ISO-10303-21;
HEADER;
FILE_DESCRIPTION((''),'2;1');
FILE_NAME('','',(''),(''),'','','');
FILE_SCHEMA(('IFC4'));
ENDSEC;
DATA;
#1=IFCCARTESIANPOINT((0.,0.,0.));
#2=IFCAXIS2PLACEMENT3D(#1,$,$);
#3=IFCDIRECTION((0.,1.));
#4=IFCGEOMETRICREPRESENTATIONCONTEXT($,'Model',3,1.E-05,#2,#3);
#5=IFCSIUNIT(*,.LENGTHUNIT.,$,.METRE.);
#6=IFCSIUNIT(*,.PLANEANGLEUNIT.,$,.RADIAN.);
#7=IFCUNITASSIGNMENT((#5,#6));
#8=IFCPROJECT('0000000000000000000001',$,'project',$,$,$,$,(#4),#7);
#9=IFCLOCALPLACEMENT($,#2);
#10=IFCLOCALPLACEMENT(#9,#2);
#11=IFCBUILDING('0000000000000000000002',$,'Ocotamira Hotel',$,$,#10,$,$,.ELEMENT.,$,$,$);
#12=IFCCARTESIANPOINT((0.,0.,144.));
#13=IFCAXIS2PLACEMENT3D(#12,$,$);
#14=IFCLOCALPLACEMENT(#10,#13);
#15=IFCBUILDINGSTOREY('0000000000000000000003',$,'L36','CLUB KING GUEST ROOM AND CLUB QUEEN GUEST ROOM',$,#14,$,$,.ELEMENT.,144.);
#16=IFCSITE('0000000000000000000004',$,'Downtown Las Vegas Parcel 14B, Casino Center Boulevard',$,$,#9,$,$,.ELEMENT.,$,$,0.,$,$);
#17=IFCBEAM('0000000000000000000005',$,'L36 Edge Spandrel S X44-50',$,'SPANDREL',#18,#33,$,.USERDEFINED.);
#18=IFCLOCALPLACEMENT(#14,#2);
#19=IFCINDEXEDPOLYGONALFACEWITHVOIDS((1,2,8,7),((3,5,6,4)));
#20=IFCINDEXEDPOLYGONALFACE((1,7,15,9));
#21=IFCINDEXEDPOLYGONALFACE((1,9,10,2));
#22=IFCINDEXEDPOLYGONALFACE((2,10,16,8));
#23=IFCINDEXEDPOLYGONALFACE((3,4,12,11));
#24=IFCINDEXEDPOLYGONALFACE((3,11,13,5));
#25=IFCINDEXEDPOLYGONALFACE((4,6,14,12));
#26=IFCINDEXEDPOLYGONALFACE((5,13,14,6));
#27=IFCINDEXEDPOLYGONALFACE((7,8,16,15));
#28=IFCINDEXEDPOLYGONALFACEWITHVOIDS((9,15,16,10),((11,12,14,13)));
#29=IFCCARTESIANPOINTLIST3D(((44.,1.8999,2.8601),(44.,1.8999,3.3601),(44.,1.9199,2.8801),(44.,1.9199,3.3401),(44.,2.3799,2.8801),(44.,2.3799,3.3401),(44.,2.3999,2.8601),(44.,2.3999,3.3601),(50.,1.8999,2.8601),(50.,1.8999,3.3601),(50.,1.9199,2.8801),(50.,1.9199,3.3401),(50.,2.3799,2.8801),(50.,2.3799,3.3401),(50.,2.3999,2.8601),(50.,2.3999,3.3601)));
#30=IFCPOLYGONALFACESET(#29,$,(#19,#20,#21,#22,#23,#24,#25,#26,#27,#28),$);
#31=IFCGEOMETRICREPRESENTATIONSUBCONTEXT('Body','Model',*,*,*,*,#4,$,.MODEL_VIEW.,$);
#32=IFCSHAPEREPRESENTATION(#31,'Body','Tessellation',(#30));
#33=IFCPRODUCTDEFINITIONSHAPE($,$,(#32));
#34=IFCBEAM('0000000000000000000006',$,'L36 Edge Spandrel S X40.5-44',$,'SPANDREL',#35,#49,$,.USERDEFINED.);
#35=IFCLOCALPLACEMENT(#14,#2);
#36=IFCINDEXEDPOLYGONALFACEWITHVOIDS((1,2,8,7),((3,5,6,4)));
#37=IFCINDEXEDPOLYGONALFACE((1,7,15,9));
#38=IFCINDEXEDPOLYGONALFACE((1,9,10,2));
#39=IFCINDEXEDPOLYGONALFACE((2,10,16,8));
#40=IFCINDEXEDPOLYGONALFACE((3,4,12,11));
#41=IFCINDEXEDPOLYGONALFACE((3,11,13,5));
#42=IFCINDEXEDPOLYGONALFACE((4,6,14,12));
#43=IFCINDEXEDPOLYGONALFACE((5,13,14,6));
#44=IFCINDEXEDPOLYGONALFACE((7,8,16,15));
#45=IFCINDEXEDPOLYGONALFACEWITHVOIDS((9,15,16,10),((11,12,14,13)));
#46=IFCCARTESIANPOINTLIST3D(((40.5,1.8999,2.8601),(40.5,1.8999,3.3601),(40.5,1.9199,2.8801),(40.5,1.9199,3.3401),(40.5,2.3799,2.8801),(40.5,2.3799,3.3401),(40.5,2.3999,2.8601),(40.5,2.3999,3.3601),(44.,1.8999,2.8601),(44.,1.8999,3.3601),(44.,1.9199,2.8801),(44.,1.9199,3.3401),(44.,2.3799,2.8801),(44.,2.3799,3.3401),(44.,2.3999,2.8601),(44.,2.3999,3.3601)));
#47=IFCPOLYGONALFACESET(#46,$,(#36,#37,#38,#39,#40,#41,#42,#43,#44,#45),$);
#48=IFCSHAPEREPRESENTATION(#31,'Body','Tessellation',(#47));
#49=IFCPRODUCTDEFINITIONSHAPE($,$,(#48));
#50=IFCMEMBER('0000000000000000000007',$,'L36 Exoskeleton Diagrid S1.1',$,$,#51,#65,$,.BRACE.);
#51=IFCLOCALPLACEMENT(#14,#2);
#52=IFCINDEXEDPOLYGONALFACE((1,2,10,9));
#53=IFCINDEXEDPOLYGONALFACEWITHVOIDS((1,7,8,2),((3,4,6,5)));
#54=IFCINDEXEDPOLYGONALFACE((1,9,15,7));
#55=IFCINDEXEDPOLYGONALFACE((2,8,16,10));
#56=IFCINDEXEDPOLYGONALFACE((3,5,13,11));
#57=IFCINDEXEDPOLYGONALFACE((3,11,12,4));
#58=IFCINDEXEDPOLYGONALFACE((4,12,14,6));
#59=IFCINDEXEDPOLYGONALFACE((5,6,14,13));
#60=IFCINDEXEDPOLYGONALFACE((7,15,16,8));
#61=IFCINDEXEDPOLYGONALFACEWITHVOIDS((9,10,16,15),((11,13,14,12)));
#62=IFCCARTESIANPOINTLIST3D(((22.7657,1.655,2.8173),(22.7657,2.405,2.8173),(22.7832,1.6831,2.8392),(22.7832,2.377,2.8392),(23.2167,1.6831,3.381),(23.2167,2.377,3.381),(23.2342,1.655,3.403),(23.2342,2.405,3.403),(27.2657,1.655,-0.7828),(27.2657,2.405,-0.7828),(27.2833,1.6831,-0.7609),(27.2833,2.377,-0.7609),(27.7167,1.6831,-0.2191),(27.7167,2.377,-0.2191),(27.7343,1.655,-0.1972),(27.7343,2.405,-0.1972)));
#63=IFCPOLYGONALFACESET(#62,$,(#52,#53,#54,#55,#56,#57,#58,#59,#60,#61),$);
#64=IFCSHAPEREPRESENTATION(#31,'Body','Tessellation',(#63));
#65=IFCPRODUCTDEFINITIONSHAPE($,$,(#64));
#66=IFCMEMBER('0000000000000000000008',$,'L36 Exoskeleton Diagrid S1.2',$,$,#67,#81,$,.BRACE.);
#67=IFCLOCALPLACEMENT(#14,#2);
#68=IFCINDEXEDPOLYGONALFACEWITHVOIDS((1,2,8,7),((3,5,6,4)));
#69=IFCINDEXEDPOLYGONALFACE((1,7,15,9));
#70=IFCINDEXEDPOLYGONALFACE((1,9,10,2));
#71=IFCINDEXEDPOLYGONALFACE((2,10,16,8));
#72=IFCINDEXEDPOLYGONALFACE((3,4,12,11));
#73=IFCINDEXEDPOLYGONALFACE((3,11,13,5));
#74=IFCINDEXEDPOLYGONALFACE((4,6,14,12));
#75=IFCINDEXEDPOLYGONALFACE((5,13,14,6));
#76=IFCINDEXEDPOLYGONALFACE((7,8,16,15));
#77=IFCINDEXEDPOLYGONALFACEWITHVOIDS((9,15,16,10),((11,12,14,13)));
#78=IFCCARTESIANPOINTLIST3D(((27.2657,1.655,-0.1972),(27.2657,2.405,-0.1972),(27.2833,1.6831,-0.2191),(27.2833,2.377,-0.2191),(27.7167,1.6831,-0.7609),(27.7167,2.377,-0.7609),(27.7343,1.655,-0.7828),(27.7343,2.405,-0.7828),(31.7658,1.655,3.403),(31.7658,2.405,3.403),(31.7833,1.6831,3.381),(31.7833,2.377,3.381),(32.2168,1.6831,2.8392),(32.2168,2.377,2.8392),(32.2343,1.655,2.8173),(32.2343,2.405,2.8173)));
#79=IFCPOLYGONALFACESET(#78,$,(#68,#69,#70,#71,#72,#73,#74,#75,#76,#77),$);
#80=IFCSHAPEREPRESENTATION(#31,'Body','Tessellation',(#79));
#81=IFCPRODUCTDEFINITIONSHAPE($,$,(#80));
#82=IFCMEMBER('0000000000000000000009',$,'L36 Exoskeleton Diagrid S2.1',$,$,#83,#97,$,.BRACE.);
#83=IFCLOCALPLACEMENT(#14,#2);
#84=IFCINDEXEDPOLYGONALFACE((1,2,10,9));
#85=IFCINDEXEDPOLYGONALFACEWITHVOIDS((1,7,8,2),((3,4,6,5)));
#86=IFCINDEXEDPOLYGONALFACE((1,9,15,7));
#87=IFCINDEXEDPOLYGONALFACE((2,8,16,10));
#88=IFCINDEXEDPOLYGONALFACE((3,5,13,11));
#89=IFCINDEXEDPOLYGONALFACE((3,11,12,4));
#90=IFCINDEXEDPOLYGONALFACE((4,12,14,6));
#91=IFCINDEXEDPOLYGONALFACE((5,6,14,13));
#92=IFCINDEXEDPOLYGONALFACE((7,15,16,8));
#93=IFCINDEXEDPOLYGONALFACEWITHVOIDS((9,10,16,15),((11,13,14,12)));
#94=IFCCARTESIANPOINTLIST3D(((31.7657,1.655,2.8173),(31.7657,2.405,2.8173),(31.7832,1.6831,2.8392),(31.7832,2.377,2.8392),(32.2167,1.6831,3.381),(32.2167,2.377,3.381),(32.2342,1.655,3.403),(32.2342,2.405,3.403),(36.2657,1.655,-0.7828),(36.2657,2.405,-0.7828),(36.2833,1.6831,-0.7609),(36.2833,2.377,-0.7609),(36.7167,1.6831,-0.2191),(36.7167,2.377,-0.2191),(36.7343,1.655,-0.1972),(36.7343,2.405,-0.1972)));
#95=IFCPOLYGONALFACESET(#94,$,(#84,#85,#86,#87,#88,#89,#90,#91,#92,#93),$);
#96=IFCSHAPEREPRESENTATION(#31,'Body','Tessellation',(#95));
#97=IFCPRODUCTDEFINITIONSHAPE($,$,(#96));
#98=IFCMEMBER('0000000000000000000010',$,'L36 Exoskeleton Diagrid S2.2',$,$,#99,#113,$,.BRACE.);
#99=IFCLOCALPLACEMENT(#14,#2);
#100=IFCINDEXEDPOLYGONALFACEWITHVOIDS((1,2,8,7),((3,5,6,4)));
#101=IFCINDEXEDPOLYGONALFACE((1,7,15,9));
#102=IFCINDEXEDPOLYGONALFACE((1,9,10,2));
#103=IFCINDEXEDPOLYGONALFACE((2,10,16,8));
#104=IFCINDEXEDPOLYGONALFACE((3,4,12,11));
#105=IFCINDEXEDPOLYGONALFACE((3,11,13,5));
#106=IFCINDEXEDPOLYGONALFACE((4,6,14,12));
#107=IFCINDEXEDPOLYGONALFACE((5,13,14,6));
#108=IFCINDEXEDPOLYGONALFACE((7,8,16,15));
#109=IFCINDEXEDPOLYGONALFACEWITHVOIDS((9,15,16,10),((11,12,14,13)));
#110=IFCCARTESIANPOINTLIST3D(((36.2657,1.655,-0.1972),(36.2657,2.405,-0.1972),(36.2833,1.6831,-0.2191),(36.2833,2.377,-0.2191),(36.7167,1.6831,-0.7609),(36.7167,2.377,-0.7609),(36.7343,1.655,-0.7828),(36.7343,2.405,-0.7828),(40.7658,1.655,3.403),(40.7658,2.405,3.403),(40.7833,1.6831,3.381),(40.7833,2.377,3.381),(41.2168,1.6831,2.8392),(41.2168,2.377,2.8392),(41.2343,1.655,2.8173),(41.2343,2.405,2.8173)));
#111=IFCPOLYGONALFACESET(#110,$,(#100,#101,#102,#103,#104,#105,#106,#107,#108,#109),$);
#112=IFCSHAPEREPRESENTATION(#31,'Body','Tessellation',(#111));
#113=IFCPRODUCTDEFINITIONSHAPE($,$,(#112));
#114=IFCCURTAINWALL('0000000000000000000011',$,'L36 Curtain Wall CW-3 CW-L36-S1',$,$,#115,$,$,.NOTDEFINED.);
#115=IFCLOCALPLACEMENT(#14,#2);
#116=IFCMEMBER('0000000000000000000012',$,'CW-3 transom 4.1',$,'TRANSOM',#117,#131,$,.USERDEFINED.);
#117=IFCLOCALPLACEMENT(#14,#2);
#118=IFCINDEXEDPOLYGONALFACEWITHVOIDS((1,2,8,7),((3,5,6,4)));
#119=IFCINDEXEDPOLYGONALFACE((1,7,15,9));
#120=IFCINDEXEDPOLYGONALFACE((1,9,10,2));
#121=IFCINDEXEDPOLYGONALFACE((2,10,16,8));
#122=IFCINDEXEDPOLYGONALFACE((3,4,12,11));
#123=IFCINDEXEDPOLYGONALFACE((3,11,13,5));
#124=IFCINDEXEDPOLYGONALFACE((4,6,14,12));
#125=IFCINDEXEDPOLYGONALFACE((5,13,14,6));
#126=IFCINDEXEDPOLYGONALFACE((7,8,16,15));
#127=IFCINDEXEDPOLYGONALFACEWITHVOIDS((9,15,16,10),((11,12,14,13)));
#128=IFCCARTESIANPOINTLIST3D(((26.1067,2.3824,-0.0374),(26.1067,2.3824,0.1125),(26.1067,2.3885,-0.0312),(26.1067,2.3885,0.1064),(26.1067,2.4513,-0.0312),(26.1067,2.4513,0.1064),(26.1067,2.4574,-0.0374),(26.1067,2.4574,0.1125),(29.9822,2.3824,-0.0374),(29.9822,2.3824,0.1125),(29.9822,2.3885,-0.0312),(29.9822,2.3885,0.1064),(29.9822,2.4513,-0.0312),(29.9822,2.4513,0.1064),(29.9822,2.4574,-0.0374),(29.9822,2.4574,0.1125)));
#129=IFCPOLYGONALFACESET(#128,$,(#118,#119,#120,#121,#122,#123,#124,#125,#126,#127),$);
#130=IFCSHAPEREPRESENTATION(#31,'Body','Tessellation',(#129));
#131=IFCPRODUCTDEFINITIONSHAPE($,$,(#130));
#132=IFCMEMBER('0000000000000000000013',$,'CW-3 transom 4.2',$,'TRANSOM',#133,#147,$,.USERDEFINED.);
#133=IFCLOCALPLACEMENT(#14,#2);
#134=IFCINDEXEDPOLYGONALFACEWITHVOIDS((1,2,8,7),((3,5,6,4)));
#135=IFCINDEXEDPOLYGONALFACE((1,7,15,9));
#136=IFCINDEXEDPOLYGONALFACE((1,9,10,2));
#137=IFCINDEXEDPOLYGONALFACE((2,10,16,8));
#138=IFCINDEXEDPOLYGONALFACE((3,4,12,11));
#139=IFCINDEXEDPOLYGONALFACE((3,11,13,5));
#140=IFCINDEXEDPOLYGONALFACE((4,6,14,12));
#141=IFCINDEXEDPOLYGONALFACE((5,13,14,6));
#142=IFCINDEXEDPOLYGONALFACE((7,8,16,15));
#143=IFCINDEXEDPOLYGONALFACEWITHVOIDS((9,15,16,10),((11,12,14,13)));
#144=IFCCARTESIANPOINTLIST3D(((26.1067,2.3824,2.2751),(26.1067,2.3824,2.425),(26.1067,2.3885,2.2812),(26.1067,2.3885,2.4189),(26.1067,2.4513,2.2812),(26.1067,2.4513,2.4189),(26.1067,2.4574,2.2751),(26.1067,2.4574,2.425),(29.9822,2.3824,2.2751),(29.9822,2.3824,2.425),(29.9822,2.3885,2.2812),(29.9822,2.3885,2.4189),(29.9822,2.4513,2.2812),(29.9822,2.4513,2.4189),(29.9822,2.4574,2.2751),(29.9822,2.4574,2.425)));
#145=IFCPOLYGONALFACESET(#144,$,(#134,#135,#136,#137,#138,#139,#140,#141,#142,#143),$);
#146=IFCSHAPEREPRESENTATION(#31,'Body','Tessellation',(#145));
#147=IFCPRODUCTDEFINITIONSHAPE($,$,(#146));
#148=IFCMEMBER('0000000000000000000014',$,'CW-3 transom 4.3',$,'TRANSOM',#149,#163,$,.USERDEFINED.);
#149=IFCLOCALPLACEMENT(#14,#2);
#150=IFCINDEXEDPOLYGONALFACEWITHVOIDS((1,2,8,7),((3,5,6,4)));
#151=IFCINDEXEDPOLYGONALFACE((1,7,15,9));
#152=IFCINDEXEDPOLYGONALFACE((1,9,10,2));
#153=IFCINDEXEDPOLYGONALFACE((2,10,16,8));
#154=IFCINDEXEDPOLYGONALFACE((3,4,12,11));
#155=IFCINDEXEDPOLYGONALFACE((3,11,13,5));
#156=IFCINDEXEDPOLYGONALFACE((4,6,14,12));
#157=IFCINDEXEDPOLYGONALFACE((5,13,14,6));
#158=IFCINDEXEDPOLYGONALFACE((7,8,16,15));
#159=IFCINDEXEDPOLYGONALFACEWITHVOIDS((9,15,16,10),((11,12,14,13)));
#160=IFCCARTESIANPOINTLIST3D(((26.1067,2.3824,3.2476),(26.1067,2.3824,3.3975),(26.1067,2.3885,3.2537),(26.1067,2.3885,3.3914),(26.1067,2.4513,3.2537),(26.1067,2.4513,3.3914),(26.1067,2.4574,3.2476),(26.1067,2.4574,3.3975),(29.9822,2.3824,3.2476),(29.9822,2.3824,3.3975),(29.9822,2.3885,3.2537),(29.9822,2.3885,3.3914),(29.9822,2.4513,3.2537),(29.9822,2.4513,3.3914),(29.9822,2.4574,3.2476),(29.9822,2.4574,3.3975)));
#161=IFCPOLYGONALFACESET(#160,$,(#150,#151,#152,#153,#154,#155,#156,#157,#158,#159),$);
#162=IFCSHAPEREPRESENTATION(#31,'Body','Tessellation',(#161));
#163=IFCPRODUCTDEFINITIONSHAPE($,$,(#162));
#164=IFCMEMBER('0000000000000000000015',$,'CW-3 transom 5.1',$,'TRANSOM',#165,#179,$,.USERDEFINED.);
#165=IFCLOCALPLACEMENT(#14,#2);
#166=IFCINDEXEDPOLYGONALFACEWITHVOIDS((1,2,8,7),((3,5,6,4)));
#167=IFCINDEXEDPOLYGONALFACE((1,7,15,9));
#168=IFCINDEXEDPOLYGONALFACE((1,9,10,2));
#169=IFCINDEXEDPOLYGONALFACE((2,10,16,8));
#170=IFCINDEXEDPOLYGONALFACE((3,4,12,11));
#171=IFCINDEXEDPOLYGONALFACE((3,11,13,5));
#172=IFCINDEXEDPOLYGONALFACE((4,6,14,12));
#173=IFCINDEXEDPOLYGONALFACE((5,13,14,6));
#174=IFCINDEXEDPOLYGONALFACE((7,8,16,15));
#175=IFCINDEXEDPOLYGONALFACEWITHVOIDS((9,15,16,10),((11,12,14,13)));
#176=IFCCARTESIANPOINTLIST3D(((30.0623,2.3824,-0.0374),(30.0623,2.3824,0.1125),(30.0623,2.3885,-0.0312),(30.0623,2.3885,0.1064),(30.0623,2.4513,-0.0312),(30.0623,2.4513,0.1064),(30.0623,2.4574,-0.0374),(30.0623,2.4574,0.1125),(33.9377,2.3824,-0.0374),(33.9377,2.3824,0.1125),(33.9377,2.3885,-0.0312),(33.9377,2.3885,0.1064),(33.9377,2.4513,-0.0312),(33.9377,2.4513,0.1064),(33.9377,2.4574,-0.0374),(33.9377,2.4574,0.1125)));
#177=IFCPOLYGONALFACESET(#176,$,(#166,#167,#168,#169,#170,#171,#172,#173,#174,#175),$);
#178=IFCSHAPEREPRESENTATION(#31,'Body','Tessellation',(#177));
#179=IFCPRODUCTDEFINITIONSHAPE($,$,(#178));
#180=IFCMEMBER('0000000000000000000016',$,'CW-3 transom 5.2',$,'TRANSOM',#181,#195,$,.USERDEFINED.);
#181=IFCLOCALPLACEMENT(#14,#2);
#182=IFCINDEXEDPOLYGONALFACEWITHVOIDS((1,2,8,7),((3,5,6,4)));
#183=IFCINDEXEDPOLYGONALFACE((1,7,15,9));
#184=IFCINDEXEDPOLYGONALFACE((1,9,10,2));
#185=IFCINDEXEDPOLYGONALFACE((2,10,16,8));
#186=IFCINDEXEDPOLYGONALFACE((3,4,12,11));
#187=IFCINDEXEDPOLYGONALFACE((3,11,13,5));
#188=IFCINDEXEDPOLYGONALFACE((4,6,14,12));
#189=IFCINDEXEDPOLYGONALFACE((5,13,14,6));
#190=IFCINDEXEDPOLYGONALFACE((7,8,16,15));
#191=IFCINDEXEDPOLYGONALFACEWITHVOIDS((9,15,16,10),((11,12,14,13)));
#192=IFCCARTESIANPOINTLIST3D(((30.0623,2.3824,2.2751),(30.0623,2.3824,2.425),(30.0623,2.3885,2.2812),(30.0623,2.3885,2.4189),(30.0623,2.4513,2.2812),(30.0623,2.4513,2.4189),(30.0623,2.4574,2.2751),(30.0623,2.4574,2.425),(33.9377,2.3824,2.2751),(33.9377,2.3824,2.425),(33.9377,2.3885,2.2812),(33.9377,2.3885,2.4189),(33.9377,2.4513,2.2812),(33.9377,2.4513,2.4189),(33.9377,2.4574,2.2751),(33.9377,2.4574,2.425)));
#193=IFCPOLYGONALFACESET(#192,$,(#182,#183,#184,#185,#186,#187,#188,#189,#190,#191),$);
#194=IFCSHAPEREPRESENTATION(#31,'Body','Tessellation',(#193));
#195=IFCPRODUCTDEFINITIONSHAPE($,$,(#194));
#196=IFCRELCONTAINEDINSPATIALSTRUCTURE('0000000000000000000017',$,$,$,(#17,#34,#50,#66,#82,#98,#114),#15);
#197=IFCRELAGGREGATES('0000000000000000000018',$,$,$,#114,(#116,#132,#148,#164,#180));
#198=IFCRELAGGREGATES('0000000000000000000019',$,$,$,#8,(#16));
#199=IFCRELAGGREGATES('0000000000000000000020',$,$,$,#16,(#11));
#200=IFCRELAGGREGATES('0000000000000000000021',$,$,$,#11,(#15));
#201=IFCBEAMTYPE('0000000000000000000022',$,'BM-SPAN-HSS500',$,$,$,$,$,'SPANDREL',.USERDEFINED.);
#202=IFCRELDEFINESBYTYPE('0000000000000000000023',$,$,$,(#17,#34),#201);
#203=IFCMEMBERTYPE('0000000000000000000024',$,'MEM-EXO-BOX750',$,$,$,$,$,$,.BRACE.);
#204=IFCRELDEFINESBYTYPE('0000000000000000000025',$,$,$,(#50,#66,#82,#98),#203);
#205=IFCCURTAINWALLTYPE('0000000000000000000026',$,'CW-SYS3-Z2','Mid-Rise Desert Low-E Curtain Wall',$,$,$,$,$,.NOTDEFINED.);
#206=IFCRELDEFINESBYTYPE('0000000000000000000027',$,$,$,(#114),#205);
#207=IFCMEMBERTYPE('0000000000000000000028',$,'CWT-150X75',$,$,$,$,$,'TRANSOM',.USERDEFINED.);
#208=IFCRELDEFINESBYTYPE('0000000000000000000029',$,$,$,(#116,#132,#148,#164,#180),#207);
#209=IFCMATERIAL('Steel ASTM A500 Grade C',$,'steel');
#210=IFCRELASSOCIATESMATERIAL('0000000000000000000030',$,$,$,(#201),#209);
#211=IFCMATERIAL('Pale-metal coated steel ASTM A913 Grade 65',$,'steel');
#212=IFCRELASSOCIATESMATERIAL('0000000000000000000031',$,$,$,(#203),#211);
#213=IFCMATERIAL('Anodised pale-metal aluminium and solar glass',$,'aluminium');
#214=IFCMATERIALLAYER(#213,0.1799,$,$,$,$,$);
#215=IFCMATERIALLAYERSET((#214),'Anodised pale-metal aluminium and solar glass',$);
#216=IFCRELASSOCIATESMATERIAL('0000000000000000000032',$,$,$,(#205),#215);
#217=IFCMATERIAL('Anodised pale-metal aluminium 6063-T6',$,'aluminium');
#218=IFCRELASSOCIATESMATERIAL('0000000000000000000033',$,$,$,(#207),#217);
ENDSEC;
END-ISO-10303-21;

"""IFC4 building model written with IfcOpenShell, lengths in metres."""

from ifc_helpers import new_model, si_unit, direction, frame, origin, origin_2d, place, context, subcontext, project, spatial, hollow_rectangle, extrude, source, transform, mapped, material, layer, layer_set, material_profile, profile_set, type_object, element, aggregate, save


model = new_model("IFC4")

# Units and contexts
model_context = context("Model", 3, precision=1e-05, world=origin(), true_north=direction((0.0, 1.0)))
body_context = subcontext(model_context, "Body", "Model", "MODEL_VIEW")
ifc_project = project(units=[si_unit("LENGTHUNIT", "METRE"), si_unit("PLANEANGLEUNIT", "RADIAN")], contexts=[model_context])

# Site, building, storey
site_placement = place(None, origin())
site = spatial("IfcSite", under=ifc_project, at=site_placement, Name="Downtown Las Vegas Parcel 14B, Casino Center Boulevard", CompositionType="ELEMENT", RefElevation=0.0)
building_placement = place(site_placement, origin())
building = spatial("IfcBuilding", under=site, at=building_placement, Name="Ocotamira Hotel", CompositionType="ELEMENT")
storey_placement = place(building_placement, frame((0.0, 0.0, 144.0)))
storey = spatial("IfcBuildingStorey", under=building, at=storey_placement, Name="L36", Description="CLUB KING GUEST ROOM AND CLUB QUEEN GUEST ROOM", CompositionType="ELEMENT", Elevation=144.0)

# Beams
ifc_material_1 = material(Name="Steel ASTM A500 Grade C", Category="steel")
ifc_material_profile_1 = material_profile(ifc_material_1, hollow_rectangle(XDim=0.5, YDim=0.5, WallThickness=0.02, at=origin_2d()), Name="HSS500X500X20")
ifc_profile_set_1 = profile_set([ifc_material_profile_1], Name="Steel ASTM A500 Grade C")
beam_type = type_object("IfcBeamType", Name="BM-SPAN-HSS500", ElementType="SPANDREL", PredefinedType="USERDEFINED", material=ifc_profile_set_1)
shared_shape_1 = source(origin(), body_context, "Body", "SweptSolid", [
    extrude(hollow_rectangle(XDim=0.5, YDim=0.5, WallThickness=0.02, at=origin_2d()), origin(), (0.0, 0.0, 1.0), 6.0),
])
beam_1_placement = place(storey_placement, frame((44.0, 2.1499, 3.1101), z_axis=(1.0, 0.0, 0.0), x_axis=(0.0, 1.0, 0.0)))
element("IfcBeam", 1, at=beam_1_placement, inside=storey, type_object=beam_type, Name="L36 Edge Spandrel S X44-50", ObjectType="SPANDREL", PredefinedType="USERDEFINED", context=body_context, shape_type="MappedRepresentation", body=[
    mapped(shared_shape_1, transform((0.0, 0.0, 0.0), scale=1.0)),
])
shared_shape_2 = source(origin(), body_context, "Body", "SweptSolid", [
    extrude(hollow_rectangle(XDim=0.5, YDim=0.5, WallThickness=0.02, at=origin_2d()), origin(), (0.0, 0.0, 1.0), 3.5),
])
beam_2_placement = place(storey_placement, frame((40.5, 2.1499, 3.1101), z_axis=(1.0, 0.0, 0.0), x_axis=(0.0, 1.0, 0.0)))
element("IfcBeam", 2, at=beam_2_placement, inside=storey, type_object=beam_type, Name="L36 Edge Spandrel S X40.5-44", ObjectType="SPANDREL", PredefinedType="USERDEFINED", context=body_context, shape_type="MappedRepresentation", body=[
    mapped(shared_shape_2, transform((0.0, 0.0, 0.0), scale=1.0)),
])

# Members
ifc_material_2 = material(Name="Pale-metal coated steel ASTM A913 Grade 65", Category="steel")
ifc_material_profile_2 = material_profile(ifc_material_2, hollow_rectangle(XDim=0.75, YDim=0.75, WallThickness=0.0281, at=origin_2d()), Name="BOX750X750X28")
ifc_profile_set_2 = profile_set([ifc_material_profile_2], Name="Pale-metal coated steel ASTM A913 Grade 65")
member_type_1 = type_object("IfcMemberType", Name="MEM-EXO-BOX750", PredefinedType="BRACE", material=ifc_profile_set_2)
shared_shape_3 = source(origin(), body_context, "Body", "SweptSolid", [
    extrude(hollow_rectangle(XDim=0.75, YDim=0.75, WallThickness=0.0281, at=origin_2d()), origin(), (0.0, 0.0, 1.0), 5.7629),
])
for number, where, z_axis, x_axis, name in (
    (3, (27.5, 2.03, -0.49), (-0.780861, 0.0, 0.624705), (0.0, -1.0, 0.0), "L36 Exoskeleton Diagrid S1.1"),
    (4, (27.5, 2.03, -0.49), (0.780861, 0.0, 0.624705), (0.0, 1.0, 0.0), "L36 Exoskeleton Diagrid S1.2"),
    (5, (36.5, 2.03, -0.49), (-0.780861, 0.0, 0.624705), (0.0, -1.0, 0.0), "L36 Exoskeleton Diagrid S2.1"),
    (6, (36.5, 2.03, -0.49), (0.780861, 0.0, 0.624705), (0.0, 1.0, 0.0), "L36 Exoskeleton Diagrid S2.2"),
):
    element("IfcMember", number, at=place(storey_placement, frame(where, z_axis=z_axis, x_axis=x_axis)), inside=storey, type_object=member_type_1, Name=name, PredefinedType="BRACE", context=body_context, shape_type="MappedRepresentation", body=[
        mapped(shared_shape_3, transform((0.0, 0.0, 0.0), scale=1.0)),
    ])

# Curtain wall, members
ifc_material_3 = material(Name="Anodised pale-metal aluminium and solar glass", Category="aluminium")
ifc_layer_1 = layer(ifc_material_3, 0.1799)
ifc_layer_set_1 = layer_set([ifc_layer_1], Name="Anodised pale-metal aluminium and solar glass")
curtain_wall_type = type_object("IfcCurtainWallType", Name="CW-SYS3-Z2", Description="Mid-Rise Desert Low-E Curtain Wall", PredefinedType="NOTDEFINED", material=ifc_layer_set_1)
curtain_wall_placement = place(storey_placement, origin())
curtain_wall = element("IfcCurtainWall", 7, at=curtain_wall_placement, inside=storey, type_object=curtain_wall_type, Name="L36 Curtain Wall CW-3 CW-L36-S1", PredefinedType="NOTDEFINED")
ifc_material_4 = material(Name="Anodised pale-metal aluminium 6063-T6", Category="aluminium")
ifc_material_profile_3 = material_profile(ifc_material_4, hollow_rectangle(XDim=0.075, YDim=0.1499, WallThickness=0.0061, at=origin_2d()), Name="HSS150X75X6")
ifc_profile_set_3 = profile_set([ifc_material_profile_3], Name="Anodised pale-metal aluminium 6063-T6")
member_type_2 = type_object("IfcMemberType", Name="CWT-150X75", ElementType="TRANSOM", PredefinedType="USERDEFINED", material=ifc_profile_set_3)
shared_shape_4 = source(origin(), body_context, "Body", "SweptSolid", [
    extrude(hollow_rectangle(XDim=0.075, YDim=0.1499, WallThickness=0.0061, at=origin_2d()), origin(), (0.0, 0.0, 1.0), 3.8755),
])
member_1_placement = place(storey_placement, frame((26.1067, 2.4199, 0.0376), z_axis=(1.0, 0.0, 0.0), x_axis=(0.0, 1.0, 0.0)))
member_1 = element("IfcMember", 8, at=member_1_placement, type_object=member_type_2, Name="CW-3 transom 4.1", ObjectType="TRANSOM", PredefinedType="USERDEFINED", context=body_context, shape_type="MappedRepresentation", body=[
    mapped(shared_shape_4, transform((0.0, 0.0, 0.0), scale=1.0)),
])
member_2_placement = place(storey_placement, frame((26.1067, 2.4199, 2.3501), z_axis=(1.0, 0.0, 0.0), x_axis=(0.0, 1.0, 0.0)))
member_2 = element("IfcMember", 9, at=member_2_placement, type_object=member_type_2, Name="CW-3 transom 4.2", ObjectType="TRANSOM", PredefinedType="USERDEFINED", context=body_context, shape_type="MappedRepresentation", body=[
    mapped(shared_shape_4, transform((0.0, 0.0, 0.0), scale=1.0)),
])
member_3_placement = place(storey_placement, frame((26.1067, 2.4199, 3.3225), z_axis=(1.0, 0.0, 0.0), x_axis=(0.0, 1.0, 0.0)))
member_3 = element("IfcMember", 10, at=member_3_placement, type_object=member_type_2, Name="CW-3 transom 4.3", ObjectType="TRANSOM", PredefinedType="USERDEFINED", context=body_context, shape_type="MappedRepresentation", body=[
    mapped(shared_shape_4, transform((0.0, 0.0, 0.0), scale=1.0)),
])
member_4_placement = place(storey_placement, frame((30.0623, 2.4199, 0.0376), z_axis=(1.0, 0.0, 0.0), x_axis=(0.0, 1.0, 0.0)))
member_4 = element("IfcMember", 11, at=member_4_placement, type_object=member_type_2, Name="CW-3 transom 5.1", ObjectType="TRANSOM", PredefinedType="USERDEFINED", context=body_context, shape_type="MappedRepresentation", body=[
    mapped(shared_shape_4, transform((0.0, 0.0, 0.0), scale=1.0)),
])
member_5_placement = place(storey_placement, frame((30.0623, 2.4199, 2.3501), z_axis=(1.0, 0.0, 0.0), x_axis=(0.0, 1.0, 0.0)))
member_5 = element("IfcMember", 12, at=member_5_placement, type_object=member_type_2, Name="CW-3 transom 5.2", ObjectType="TRANSOM", PredefinedType="USERDEFINED", context=body_context, shape_type="MappedRepresentation", body=[
    mapped(shared_shape_4, transform((0.0, 0.0, 0.0), scale=1.0)),
])

aggregate(curtain_wall, [member_1, member_2, member_3, member_4, member_5])

save(model, "model.ifc")
